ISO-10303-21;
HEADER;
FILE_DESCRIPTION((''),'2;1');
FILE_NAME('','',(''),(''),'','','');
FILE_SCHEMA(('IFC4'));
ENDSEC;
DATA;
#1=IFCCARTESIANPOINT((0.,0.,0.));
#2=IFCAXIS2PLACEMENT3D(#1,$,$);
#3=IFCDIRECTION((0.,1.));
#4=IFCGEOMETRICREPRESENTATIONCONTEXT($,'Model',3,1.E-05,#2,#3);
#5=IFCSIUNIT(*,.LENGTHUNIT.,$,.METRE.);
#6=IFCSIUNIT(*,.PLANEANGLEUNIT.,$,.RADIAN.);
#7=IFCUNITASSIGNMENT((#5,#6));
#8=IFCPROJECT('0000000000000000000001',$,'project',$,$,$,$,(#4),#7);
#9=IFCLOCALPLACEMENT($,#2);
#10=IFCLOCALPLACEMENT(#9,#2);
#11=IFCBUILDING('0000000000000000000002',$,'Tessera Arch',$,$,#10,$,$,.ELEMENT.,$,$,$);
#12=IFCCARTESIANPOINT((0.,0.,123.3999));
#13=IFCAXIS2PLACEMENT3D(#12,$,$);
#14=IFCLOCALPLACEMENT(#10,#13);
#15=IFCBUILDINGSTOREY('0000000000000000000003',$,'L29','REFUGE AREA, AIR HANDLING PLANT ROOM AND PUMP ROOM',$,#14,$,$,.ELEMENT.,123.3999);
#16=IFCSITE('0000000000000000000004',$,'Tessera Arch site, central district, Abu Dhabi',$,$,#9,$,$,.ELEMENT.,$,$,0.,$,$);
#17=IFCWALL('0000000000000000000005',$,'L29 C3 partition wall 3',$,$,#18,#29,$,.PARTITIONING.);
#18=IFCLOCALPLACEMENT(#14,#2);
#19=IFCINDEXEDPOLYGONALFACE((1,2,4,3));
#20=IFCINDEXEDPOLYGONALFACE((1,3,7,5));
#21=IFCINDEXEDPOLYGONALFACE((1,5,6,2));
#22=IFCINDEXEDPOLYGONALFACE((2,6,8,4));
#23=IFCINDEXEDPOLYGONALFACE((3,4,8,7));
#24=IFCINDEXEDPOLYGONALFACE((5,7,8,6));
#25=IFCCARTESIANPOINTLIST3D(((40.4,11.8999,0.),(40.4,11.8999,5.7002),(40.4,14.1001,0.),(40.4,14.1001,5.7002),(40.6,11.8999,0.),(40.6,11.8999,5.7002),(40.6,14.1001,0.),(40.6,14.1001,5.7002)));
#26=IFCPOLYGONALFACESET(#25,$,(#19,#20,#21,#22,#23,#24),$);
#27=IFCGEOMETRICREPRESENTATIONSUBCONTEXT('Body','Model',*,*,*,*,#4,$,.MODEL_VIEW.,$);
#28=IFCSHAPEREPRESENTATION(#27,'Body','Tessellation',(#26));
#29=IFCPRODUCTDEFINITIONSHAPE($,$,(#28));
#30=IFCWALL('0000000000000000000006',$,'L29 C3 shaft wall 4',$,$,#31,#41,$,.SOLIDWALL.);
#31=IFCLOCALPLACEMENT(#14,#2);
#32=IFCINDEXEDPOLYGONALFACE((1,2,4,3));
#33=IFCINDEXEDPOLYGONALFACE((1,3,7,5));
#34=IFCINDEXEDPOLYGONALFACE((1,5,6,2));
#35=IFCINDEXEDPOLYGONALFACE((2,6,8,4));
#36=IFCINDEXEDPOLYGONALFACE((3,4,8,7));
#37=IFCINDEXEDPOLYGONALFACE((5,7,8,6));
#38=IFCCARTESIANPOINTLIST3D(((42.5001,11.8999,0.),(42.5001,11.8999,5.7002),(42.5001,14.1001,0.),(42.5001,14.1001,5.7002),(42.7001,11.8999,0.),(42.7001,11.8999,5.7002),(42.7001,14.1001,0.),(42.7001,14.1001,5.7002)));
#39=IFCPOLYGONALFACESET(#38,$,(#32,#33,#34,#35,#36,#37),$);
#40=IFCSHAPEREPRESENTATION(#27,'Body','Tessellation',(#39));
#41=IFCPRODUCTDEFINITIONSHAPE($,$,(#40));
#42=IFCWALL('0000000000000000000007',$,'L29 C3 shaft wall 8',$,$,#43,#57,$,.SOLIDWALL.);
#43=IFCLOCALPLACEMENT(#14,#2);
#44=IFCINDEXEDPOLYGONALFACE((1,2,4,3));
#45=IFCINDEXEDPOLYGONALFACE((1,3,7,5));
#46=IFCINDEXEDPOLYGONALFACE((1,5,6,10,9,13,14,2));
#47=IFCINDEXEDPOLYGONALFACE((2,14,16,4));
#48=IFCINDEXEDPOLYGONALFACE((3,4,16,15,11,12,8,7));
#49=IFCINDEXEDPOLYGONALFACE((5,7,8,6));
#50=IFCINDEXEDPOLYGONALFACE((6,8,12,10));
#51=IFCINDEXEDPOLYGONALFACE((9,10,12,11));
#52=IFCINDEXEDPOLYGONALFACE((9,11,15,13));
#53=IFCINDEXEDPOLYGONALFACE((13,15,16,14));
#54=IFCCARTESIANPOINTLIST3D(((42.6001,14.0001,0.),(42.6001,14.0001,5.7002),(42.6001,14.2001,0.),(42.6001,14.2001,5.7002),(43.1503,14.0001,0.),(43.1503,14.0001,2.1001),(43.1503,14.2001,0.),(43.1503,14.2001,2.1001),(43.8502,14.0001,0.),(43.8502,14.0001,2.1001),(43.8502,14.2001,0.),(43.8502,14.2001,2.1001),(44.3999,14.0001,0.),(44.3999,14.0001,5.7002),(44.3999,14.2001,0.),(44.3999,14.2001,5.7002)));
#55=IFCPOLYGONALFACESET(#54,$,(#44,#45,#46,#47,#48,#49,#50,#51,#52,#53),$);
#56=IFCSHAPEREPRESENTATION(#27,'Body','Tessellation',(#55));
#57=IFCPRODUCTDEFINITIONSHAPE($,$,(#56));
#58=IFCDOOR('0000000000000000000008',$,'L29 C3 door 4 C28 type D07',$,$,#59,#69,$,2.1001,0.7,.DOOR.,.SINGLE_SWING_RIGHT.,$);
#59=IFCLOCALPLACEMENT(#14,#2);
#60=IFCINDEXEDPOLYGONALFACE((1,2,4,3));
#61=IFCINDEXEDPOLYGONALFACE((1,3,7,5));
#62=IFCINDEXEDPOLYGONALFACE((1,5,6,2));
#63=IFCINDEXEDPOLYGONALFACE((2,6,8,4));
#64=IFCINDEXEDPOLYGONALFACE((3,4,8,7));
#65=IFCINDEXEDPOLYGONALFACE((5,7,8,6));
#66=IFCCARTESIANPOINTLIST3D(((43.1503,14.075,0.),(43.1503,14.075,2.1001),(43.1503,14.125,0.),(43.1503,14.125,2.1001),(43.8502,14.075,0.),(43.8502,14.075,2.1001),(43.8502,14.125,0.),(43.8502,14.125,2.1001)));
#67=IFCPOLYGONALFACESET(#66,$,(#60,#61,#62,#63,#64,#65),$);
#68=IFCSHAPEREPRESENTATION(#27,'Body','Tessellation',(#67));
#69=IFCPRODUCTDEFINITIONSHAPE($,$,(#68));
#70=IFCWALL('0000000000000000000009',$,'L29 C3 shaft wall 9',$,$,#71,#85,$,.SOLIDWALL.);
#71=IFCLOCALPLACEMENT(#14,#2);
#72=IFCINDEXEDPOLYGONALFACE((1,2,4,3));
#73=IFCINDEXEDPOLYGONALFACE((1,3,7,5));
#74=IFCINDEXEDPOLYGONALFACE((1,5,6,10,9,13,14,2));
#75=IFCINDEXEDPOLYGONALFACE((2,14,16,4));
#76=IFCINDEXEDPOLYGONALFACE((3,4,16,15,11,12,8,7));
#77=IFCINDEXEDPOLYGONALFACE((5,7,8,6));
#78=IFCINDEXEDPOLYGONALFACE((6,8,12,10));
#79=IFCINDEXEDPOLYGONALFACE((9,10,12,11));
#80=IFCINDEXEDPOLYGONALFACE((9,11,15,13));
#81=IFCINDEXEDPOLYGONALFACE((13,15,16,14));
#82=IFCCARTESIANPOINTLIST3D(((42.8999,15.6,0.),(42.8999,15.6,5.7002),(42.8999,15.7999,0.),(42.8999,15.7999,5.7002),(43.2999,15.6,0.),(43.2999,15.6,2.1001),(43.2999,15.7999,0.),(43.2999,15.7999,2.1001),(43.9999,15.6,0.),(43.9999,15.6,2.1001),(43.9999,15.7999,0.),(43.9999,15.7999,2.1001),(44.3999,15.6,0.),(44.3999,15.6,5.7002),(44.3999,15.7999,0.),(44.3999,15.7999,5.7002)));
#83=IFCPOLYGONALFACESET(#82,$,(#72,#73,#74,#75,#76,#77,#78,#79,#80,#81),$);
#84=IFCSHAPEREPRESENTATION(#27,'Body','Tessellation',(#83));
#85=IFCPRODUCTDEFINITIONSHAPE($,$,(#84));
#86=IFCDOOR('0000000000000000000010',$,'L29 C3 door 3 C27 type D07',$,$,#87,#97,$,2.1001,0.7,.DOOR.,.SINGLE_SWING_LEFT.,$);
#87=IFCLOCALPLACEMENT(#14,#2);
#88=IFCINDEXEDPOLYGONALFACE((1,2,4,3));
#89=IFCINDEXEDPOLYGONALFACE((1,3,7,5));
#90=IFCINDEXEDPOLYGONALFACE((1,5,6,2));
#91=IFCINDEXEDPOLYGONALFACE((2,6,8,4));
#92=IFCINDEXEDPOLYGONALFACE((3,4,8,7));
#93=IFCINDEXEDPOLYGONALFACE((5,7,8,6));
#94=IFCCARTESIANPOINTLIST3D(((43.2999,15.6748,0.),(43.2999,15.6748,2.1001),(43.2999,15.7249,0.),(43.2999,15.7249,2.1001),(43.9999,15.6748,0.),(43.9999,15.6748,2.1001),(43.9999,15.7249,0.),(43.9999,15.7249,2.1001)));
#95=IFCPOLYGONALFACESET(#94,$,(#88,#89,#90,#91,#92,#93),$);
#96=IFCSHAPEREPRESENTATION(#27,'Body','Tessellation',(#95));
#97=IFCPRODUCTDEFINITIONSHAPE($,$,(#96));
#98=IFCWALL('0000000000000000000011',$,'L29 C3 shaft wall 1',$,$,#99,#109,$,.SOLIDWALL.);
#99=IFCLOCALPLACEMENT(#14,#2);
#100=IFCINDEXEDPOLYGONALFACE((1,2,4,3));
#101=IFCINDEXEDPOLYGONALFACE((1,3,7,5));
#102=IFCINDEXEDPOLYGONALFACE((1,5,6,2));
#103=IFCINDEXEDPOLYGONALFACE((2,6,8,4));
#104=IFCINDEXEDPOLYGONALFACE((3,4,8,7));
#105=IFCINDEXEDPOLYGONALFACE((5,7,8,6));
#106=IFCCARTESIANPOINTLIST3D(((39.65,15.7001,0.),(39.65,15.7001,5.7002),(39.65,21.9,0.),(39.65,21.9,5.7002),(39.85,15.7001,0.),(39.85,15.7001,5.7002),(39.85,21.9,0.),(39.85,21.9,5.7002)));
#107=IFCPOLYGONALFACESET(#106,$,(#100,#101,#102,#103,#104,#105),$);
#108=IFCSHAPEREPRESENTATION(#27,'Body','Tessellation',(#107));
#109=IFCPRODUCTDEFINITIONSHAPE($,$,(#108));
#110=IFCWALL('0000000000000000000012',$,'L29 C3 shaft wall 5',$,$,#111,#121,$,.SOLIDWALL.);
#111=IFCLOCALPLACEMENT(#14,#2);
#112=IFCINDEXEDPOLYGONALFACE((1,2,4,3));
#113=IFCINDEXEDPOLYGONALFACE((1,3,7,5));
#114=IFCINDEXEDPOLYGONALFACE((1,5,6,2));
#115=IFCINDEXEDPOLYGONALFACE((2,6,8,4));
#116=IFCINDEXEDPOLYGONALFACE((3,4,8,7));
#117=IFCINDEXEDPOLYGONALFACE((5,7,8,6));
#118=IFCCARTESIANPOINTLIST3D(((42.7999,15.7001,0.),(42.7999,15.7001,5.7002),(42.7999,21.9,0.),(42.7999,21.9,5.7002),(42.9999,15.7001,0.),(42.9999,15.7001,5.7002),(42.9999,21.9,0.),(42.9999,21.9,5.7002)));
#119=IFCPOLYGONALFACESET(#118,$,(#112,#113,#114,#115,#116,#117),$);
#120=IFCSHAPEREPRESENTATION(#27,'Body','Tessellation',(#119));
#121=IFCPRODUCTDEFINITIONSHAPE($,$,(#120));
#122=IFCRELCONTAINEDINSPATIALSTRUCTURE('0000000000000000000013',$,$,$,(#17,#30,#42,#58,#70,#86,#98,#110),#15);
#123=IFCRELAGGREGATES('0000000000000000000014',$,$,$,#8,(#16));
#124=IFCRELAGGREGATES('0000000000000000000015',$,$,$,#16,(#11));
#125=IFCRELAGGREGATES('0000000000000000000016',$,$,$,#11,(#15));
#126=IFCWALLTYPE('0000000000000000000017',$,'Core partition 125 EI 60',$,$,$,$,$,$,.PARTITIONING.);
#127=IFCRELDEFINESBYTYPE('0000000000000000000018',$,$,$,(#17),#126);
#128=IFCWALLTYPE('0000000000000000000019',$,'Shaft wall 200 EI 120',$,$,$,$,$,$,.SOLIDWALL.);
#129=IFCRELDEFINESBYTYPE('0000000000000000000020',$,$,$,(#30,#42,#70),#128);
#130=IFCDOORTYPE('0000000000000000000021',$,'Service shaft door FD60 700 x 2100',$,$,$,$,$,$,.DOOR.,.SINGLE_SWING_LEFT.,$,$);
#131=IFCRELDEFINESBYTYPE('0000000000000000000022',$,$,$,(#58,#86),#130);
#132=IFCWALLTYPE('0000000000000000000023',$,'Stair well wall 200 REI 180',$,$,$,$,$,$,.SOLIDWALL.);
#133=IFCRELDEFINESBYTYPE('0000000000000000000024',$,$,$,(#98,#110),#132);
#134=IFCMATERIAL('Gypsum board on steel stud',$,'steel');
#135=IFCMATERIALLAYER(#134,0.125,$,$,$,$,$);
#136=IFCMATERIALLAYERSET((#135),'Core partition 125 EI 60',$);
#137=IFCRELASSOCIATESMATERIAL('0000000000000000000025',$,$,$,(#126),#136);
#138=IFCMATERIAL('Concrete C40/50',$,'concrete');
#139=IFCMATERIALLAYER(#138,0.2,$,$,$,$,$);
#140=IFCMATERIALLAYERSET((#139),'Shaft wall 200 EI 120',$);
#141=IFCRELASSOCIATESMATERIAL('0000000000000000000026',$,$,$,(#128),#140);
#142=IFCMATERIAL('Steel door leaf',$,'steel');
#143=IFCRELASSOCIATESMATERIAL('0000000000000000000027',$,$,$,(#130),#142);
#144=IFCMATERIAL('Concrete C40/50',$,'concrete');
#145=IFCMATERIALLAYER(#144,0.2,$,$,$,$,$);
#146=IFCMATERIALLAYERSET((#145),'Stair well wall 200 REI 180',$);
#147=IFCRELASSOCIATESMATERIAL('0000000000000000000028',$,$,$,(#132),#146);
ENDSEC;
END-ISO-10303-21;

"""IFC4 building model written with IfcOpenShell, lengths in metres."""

from ifc_helpers import new_model, si_unit, direction, frame, frame_2d, origin, place, context, subcontext, project, spatial, rectangle, extrude, material, layer, layer_set, type_object, element, fill, save


model = new_model("IFC4")

# Units and contexts
model_context = context("Model", 3, precision=1e-05, world=origin(), true_north=direction((0.0, 1.0)))
body_context = subcontext(model_context, "Body", "Model", "MODEL_VIEW")
ifc_project = project(units=[si_unit("LENGTHUNIT", "METRE"), si_unit("PLANEANGLEUNIT", "RADIAN")], contexts=[model_context])

# Site, building, storey
site_placement = place(None, origin())
site = spatial("IfcSite", under=ifc_project, at=site_placement, Name="Tessera Arch site, central district, Abu Dhabi", CompositionType="ELEMENT", RefElevation=0.0)
building_placement = place(site_placement, origin())
building = spatial("IfcBuilding", under=site, at=building_placement, Name="Tessera Arch", CompositionType="ELEMENT")
storey_placement = place(building_placement, frame((0.0, 0.0, 123.3999)))
storey = spatial("IfcBuildingStorey", under=building, at=storey_placement, Name="L29", Description="REFUGE AREA, AIR HANDLING PLANT ROOM AND PUMP ROOM", CompositionType="ELEMENT", Elevation=123.3999)

# Walls
ifc_material_1 = material(Name="Gypsum board on steel stud", Category="steel")
ifc_layer_1 = layer(ifc_material_1, 0.125)
ifc_layer_set_1 = layer_set([ifc_layer_1], Name="Core partition 125 EI 60")
wall_type_1 = type_object("IfcWallType", Name="Core partition 125 EI 60", PredefinedType="PARTITIONING", material=ifc_layer_set_1)
wall_1_placement = place(storey_placement, frame((40.5, 11.8999, 0.0), z_axis=(0.0, 0.0, 1.0), x_axis=(0.0, 1.0, 0.0)))
element("IfcWall", 1, at=wall_1_placement, inside=storey, type_object=wall_type_1, Name="L29 C3 partition wall 3", PredefinedType="PARTITIONING", context=body_context, shape_type="SweptSolid", body=[
    extrude(rectangle(XDim=2.2002, YDim=0.2, at=frame_2d((1.1001, 0.0))), origin(), (0.0, 0.0, 1.0), 5.7002),
])
ifc_material_2 = material(Name="Concrete C40/50", Category="concrete")
ifc_layer_2 = layer(ifc_material_2, 0.2)
ifc_layer_set_2 = layer_set([ifc_layer_2], Name="Shaft wall 200 EI 120")
wall_type_2 = type_object("IfcWallType", Name="Shaft wall 200 EI 120", PredefinedType="SOLIDWALL", material=ifc_layer_set_2)
wall_2_placement = place(storey_placement, frame((42.6001, 11.8999, 0.0), z_axis=(0.0, 0.0, 1.0), x_axis=(0.0, 1.0, 0.0)))
element("IfcWall", 2, at=wall_2_placement, inside=storey, type_object=wall_type_2, Name="L29 C3 shaft wall 4", PredefinedType="SOLIDWALL", context=body_context, shape_type="SweptSolid", body=[
    extrude(rectangle(XDim=2.2002, YDim=0.2, at=frame_2d((1.1001, 0.0))), origin(), (0.0, 0.0, 1.0), 5.7002),
])

# Walls, openings, doors
wall_3_placement = place(storey_placement, frame((42.6001, 14.1001, 0.0), z_axis=(0.0, 0.0, 1.0), x_axis=(1.0, 0.0, 0.0)))
wall_3 = element("IfcWall", 3, at=wall_3_placement, inside=storey, type_object=wall_type_2, Name="L29 C3 shaft wall 8", PredefinedType="SOLIDWALL", context=body_context, shape_type="SweptSolid", body=[
    extrude(rectangle(XDim=1.7998, YDim=0.2, at=frame_2d((0.8999, 0.0))), origin(), (0.0, 0.0, 1.0), 5.7002),
])
opening_1_placement = place(wall_3_placement, frame((0.55, 0.0, 0.0)))
opening_1 = element("IfcOpeningElement", 4, at=opening_1_placement, cuts=wall_3, PredefinedType="OPENING", context=body_context, shape_type="SweptSolid", body=[
    extrude(rectangle(XDim=0.7, YDim=2.1001, at=frame_2d((0.3501, 1.05))), frame((0.0, 0.1099, 0.0), z_axis=(0.0, -1.0, 0.0), x_axis=(1.0, 0.0, 0.0)), (0.0, 0.0, 1.0), 0.22),
])
ifc_material_3 = material(Name="Steel door leaf", Category="steel")
door_type = type_object("IfcDoorType", Name="Service shaft door FD60 700 x 2100", OperationType="SINGLE_SWING_LEFT", PredefinedType="DOOR", material=ifc_material_3)
door_1_placement = place(opening_1_placement, origin())
door_1 = element("IfcDoor", 5, at=door_1_placement, inside=storey, type_object=door_type, Name="L29 C3 door 4 C28 type D07", OperationType="SINGLE_SWING_RIGHT", OverallHeight=2.1001, OverallWidth=0.7, PredefinedType="DOOR", context=body_context, shape_type="SweptSolid", body=[
    extrude(rectangle(XDim=0.7, YDim=2.1001, at=frame_2d((0.3501, 1.05))), frame((0.0, 0.0249, 0.0), z_axis=(0.0, -1.0, 0.0), x_axis=(1.0, 0.0, 0.0)), (0.0, 0.0, 1.0), 0.05),
])
fill(opening_1, door_1)
wall_4_placement = place(storey_placement, frame((42.8999, 15.7, 0.0), z_axis=(0.0, 0.0, 1.0), x_axis=(1.0, 0.0, 0.0)))
wall_4 = element("IfcWall", 6, at=wall_4_placement, inside=storey, type_object=wall_type_2, Name="L29 C3 shaft wall 9", PredefinedType="SOLIDWALL", context=body_context, shape_type="SweptSolid", body=[
    extrude(rectangle(XDim=1.5, YDim=0.2, at=frame_2d((0.75, 0.0))), origin(), (0.0, 0.0, 1.0), 5.7002),
])
opening_2_placement = place(wall_4_placement, frame((0.3999, 0.0, 0.0)))
opening_2 = element("IfcOpeningElement", 7, at=opening_2_placement, cuts=wall_4, PredefinedType="OPENING", context=body_context, shape_type="SweptSolid", body=[
    extrude(rectangle(XDim=0.7, YDim=2.1001, at=frame_2d((0.3501, 1.05))), frame((0.0, 0.1099, 0.0), z_axis=(0.0, -1.0, 0.0), x_axis=(1.0, 0.0, 0.0)), (0.0, 0.0, 1.0), 0.22),
])
door_2_placement = place(opening_2_placement, origin())
door_2 = element("IfcDoor", 8, at=door_2_placement, inside=storey, type_object=door_type, Name="L29 C3 door 3 C27 type D07", OperationType="SINGLE_SWING_LEFT", OverallHeight=2.1001, OverallWidth=0.7, PredefinedType="DOOR", context=body_context, shape_type="SweptSolid", body=[
    extrude(rectangle(XDim=0.7, YDim=2.1001, at=frame_2d((0.3501, 1.05))), frame((0.0, 0.0249, 0.0), z_axis=(0.0, -1.0, 0.0), x_axis=(1.0, 0.0, 0.0)), (0.0, 0.0, 1.0), 0.05),
])
fill(opening_2, door_2)

# Walls
ifc_material_4 = material(Name="Concrete C40/50", Category="concrete")
ifc_layer_3 = layer(ifc_material_4, 0.2)
ifc_layer_set_3 = layer_set([ifc_layer_3], Name="Stair well wall 200 REI 180")
wall_type_3 = type_object("IfcWallType", Name="Stair well wall 200 REI 180", PredefinedType="SOLIDWALL", material=ifc_layer_set_3)
for number, where, z_axis, x_axis, name in (
    (9, (39.75, 15.7, 0.0), (0.0, 0.0, 1.0), (0.0, 1.0, 0.0), "L29 C3 shaft wall 1"),
    (10, (42.8999, 15.7, 0.0), (0.0, 0.0, 1.0), (0.0, 1.0, 0.0), "L29 C3 shaft wall 5"),
):
    element("IfcWall", number, at=place(storey_placement, frame(where, z_axis=z_axis, x_axis=x_axis)), inside=storey, type_object=wall_type_3, Name=name, PredefinedType="SOLIDWALL", context=body_context, shape_type="SweptSolid", body=[
        extrude(rectangle(XDim=6.2, YDim=0.2, at=frame_2d((3.1001, 0.0))), origin(), (0.0, 0.0, 1.0), 5.7002),
    ])

save(model, "model.ifc")
